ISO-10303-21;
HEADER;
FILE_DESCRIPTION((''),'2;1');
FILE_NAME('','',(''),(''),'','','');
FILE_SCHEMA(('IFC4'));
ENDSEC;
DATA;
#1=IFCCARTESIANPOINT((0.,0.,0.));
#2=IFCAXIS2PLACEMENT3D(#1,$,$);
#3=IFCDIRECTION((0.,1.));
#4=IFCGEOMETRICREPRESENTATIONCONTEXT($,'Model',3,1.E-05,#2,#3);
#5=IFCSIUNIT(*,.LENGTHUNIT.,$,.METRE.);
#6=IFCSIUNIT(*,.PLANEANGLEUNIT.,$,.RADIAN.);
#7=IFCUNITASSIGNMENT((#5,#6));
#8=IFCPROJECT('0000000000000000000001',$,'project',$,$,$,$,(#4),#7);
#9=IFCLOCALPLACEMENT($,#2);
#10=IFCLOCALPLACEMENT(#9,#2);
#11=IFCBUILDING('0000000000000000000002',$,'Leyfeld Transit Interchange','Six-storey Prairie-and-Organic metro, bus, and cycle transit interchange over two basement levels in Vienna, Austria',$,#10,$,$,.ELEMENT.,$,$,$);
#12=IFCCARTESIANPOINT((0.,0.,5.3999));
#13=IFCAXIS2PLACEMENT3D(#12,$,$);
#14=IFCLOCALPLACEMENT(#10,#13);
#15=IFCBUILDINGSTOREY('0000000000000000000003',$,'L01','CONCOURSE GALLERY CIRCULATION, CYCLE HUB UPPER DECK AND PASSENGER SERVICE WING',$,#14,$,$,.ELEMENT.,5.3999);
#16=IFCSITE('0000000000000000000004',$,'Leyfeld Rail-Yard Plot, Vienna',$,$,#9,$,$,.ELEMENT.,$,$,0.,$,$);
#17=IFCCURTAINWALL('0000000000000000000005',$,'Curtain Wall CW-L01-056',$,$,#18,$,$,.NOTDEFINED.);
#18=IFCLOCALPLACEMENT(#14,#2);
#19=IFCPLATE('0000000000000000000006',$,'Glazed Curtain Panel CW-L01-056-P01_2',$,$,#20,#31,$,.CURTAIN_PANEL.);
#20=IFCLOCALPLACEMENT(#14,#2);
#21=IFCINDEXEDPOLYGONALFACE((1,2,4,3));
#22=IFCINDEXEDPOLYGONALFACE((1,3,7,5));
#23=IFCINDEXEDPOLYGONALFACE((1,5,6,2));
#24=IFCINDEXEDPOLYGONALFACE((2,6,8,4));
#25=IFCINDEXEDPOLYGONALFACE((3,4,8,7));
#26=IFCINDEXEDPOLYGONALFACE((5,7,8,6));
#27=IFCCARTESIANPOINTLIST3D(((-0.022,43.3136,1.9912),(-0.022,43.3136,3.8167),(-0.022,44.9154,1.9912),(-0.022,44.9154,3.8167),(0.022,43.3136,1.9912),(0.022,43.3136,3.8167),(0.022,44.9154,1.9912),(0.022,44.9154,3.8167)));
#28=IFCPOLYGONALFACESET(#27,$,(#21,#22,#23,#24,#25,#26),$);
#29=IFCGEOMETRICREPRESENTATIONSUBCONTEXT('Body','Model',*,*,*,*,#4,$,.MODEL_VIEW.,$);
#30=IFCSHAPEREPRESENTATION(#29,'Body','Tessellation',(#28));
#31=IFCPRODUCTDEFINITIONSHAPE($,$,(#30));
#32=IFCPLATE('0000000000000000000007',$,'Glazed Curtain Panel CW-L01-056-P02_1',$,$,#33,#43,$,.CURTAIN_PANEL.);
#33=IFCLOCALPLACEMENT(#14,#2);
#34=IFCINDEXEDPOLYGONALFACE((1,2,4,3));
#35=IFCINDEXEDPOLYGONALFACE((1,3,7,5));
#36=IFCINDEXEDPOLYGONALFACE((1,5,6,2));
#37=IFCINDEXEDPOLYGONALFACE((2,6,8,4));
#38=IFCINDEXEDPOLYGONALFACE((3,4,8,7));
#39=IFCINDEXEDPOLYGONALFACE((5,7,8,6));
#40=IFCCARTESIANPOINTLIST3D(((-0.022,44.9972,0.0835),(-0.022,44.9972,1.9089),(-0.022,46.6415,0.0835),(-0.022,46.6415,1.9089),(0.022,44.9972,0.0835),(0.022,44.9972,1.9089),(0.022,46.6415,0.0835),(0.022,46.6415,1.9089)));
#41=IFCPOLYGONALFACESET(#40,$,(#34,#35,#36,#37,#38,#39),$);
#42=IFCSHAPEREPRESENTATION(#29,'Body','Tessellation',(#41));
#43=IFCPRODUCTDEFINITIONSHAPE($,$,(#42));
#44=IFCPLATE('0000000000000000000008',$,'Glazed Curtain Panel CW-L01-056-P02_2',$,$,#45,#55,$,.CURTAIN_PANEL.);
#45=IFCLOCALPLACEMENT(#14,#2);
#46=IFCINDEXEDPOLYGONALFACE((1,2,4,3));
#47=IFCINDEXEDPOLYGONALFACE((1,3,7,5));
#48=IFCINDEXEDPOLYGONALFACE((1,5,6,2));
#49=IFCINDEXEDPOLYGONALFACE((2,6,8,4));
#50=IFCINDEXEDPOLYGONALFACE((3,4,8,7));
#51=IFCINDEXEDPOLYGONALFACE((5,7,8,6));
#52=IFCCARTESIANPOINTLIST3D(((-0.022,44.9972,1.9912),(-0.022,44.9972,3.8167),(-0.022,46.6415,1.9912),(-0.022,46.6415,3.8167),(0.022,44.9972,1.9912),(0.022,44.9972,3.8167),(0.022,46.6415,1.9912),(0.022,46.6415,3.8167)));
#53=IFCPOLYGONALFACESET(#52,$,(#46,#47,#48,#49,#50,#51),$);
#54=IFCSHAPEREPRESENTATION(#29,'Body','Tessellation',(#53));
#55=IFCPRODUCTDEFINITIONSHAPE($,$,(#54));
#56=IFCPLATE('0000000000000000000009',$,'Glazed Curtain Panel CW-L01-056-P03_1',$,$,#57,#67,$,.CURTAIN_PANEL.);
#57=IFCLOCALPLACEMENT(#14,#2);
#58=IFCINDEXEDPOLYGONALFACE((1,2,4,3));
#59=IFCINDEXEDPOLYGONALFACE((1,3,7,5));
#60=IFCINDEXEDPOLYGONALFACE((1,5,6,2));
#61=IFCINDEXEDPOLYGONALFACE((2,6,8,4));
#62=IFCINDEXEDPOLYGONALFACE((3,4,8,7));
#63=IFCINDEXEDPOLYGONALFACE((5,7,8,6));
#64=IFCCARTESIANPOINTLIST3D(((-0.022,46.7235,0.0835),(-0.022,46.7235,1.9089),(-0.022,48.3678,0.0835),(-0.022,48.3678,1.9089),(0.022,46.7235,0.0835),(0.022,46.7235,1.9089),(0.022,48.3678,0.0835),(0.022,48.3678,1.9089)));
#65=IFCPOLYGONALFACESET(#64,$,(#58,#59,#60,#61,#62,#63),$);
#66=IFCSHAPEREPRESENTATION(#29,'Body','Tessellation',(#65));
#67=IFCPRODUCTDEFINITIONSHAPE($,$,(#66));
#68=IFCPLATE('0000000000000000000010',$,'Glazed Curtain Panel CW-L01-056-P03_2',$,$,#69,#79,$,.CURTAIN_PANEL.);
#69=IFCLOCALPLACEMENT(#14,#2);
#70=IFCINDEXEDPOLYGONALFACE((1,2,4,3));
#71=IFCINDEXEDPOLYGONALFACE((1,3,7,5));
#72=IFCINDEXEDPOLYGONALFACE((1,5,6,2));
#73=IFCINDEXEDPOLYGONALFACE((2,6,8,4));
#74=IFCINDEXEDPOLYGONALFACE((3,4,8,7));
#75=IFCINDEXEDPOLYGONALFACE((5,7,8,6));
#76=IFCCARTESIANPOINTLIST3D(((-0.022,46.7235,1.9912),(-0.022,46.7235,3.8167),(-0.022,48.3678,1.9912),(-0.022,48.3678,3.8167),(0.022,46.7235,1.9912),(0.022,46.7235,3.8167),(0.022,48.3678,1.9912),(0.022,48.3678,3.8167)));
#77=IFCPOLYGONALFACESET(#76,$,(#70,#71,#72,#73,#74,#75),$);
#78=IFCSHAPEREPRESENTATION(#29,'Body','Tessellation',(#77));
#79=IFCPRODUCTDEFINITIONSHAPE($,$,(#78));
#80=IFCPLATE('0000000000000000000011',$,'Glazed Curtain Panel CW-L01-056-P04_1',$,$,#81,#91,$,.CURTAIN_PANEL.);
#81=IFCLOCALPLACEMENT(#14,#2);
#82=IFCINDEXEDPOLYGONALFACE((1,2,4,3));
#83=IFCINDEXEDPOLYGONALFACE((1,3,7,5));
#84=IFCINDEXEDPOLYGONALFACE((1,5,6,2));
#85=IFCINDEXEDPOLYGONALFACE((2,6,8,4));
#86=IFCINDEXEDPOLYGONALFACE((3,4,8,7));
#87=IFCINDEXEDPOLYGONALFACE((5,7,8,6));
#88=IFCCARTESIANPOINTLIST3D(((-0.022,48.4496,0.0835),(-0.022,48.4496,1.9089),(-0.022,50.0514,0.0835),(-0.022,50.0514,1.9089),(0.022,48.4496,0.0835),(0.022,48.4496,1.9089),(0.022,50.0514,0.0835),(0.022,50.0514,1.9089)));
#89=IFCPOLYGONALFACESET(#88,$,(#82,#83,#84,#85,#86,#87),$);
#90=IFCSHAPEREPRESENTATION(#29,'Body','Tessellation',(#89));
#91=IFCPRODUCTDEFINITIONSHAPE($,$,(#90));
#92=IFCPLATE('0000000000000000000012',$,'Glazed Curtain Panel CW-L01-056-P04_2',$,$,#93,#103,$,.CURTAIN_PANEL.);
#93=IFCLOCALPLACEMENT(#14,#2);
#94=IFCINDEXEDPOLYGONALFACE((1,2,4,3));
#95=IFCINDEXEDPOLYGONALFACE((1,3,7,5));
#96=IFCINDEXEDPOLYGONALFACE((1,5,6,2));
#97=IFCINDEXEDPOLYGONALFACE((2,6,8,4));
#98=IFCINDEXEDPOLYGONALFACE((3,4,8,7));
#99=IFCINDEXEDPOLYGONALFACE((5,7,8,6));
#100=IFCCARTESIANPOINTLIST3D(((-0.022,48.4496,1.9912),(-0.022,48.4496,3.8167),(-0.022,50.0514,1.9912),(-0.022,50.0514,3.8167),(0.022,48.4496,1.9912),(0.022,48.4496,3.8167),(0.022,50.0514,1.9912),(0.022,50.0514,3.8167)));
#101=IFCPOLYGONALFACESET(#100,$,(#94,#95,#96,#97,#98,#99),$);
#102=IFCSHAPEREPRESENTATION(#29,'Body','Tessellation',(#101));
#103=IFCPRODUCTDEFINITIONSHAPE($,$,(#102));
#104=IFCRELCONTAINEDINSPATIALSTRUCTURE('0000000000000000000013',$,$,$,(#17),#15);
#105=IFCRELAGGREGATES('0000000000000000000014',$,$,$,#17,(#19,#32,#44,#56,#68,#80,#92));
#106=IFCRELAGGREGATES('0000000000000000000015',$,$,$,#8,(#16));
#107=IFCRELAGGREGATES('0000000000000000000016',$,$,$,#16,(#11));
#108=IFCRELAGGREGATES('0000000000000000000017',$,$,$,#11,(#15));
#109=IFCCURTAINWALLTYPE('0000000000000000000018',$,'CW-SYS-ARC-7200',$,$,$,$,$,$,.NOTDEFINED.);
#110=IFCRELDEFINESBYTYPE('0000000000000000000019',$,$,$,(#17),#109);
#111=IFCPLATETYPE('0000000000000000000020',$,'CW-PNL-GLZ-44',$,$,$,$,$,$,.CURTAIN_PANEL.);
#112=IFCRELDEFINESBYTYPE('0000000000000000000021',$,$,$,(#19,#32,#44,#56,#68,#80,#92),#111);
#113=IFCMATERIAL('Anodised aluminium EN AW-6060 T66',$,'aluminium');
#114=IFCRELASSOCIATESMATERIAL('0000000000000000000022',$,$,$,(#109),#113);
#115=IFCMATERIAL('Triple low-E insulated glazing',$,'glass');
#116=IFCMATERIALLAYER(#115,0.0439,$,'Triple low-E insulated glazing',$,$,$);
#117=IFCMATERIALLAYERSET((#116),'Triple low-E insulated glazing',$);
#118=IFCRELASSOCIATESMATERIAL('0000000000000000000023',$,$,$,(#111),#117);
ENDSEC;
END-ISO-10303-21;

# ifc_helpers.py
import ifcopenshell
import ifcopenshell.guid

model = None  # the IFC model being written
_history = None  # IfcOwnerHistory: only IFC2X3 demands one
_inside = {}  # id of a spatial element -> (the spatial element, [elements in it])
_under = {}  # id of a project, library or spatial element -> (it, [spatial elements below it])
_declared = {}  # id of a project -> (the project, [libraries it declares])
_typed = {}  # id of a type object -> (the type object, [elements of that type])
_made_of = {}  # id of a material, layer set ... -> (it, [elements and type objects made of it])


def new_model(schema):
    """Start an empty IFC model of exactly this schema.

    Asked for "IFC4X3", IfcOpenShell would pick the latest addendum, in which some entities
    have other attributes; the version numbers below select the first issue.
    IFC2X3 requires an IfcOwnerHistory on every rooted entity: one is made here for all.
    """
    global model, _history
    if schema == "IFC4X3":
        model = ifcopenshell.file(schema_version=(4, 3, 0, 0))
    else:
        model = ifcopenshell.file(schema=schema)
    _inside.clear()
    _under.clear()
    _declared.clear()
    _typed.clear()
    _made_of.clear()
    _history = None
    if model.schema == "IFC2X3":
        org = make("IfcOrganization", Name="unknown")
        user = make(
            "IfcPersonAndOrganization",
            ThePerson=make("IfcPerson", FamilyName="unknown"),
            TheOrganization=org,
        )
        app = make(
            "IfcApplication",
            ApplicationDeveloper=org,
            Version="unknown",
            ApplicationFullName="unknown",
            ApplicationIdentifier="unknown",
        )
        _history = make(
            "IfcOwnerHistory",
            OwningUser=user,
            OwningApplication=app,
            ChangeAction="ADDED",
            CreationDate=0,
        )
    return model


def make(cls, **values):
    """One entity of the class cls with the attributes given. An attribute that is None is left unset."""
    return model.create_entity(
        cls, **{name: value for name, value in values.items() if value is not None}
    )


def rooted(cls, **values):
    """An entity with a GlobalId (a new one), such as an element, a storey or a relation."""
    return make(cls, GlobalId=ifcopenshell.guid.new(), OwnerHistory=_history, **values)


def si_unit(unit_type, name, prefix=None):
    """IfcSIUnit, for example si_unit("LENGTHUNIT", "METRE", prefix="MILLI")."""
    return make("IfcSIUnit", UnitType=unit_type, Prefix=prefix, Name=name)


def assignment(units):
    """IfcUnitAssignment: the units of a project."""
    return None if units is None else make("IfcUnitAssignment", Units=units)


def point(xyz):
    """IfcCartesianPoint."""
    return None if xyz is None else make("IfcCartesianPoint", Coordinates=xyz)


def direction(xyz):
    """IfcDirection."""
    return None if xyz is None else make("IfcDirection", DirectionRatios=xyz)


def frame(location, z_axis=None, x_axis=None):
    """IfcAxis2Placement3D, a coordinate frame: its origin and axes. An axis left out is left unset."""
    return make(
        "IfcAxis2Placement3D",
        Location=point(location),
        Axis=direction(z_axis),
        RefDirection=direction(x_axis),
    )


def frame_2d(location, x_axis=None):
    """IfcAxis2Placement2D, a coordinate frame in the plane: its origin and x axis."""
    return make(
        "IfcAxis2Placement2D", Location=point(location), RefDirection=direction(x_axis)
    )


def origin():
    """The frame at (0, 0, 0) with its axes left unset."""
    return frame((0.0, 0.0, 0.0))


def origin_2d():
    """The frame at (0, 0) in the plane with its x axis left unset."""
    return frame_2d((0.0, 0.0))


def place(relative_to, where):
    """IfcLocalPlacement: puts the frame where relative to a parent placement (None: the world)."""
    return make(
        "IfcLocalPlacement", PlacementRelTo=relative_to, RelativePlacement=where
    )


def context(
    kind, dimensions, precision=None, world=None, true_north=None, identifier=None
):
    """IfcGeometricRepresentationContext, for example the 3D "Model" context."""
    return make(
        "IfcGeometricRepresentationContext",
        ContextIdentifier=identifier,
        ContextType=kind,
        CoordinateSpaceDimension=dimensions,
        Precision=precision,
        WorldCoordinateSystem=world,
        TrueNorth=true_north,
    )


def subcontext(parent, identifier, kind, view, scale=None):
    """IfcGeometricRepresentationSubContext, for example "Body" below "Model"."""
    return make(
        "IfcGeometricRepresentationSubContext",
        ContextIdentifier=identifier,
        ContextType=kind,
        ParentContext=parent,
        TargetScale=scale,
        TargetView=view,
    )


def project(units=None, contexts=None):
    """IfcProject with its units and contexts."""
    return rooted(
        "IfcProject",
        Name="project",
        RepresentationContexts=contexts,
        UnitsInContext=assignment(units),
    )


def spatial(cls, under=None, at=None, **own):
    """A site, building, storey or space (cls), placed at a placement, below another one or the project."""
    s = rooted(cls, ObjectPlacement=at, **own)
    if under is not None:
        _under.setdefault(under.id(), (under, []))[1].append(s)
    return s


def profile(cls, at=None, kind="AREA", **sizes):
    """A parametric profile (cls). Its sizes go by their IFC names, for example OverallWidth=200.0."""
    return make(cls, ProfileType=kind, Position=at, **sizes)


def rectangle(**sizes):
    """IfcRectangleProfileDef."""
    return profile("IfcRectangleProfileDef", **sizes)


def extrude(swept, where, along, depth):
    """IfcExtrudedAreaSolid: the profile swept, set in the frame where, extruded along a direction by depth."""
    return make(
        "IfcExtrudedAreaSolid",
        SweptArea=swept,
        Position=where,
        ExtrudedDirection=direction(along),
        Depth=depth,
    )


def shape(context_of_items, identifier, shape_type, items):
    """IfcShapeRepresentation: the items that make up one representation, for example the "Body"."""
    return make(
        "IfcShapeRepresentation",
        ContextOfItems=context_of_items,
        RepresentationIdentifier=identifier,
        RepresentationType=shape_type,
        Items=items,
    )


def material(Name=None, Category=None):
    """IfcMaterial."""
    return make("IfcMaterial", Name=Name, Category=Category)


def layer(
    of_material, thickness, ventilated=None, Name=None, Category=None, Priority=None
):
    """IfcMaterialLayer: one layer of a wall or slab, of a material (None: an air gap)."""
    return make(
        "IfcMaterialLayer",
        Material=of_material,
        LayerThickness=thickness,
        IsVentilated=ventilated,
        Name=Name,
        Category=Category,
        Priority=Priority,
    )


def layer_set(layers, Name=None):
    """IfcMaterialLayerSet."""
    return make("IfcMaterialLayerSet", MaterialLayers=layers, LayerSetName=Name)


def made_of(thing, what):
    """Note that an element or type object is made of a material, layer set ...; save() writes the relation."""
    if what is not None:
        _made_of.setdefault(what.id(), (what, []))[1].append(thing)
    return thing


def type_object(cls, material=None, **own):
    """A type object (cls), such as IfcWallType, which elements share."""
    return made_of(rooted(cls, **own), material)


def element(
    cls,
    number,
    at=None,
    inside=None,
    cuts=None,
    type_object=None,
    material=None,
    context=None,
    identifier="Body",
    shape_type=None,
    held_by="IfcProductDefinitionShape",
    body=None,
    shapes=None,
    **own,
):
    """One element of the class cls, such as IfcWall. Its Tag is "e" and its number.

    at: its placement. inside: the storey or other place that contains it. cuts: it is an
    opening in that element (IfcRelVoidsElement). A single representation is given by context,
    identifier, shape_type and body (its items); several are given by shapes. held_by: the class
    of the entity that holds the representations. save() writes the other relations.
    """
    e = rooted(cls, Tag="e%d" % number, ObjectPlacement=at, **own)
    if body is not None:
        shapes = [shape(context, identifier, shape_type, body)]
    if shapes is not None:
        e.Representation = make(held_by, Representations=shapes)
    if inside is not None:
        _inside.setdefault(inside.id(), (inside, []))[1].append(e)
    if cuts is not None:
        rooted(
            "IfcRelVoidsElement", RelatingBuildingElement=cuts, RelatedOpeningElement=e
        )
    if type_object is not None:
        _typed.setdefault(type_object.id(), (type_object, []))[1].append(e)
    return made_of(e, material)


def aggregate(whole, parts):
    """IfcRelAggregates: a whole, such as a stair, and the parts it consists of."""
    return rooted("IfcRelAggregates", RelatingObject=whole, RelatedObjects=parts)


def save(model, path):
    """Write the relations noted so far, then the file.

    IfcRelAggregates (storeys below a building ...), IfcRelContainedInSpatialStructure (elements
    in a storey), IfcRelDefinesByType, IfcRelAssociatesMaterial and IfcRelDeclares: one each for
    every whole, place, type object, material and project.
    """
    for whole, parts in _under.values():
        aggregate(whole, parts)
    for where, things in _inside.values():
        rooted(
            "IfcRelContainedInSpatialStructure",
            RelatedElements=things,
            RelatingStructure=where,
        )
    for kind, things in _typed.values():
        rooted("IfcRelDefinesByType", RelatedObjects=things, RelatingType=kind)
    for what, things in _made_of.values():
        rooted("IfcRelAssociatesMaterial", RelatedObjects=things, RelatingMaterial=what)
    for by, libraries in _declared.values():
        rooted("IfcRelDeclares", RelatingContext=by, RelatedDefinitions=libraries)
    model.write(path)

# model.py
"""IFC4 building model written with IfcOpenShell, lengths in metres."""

from ifc_helpers import new_model, si_unit, direction, frame, origin, origin_2d, place, context, subcontext, project, spatial, rectangle, extrude, material, layer, layer_set, type_object, element, aggregate, save


model = new_model("IFC4")

# Units and contexts
model_context = context("Model", 3, precision=1e-05, world=origin(), true_north=direction((0.0, 1.0)))
body_context = subcontext(model_context, "Body", "Model", "MODEL_VIEW")
ifc_project = project(units=[si_unit("LENGTHUNIT", "METRE"), si_unit("PLANEANGLEUNIT", "RADIAN")], contexts=[model_context])

# Site, building, storey
site_placement = place(None, origin())
site = spatial("IfcSite", under=ifc_project, at=site_placement, Name="Leyfeld Rail-Yard Plot, Vienna", CompositionType="ELEMENT", RefElevation=0.0)
building_placement = place(site_placement, origin())
building = spatial("IfcBuilding", under=site, at=building_placement, Name="Leyfeld Transit Interchange", Description="Six-storey Prairie-and-Organic metro, bus, and cycle transit interchange over two basement levels in Vienna, Austria", CompositionType="ELEMENT")
storey_placement = place(building_placement, frame((0.0, 0.0, 5.3999)))
storey = spatial("IfcBuildingStorey", under=building, at=storey_placement, Name="L01", Description="CONCOURSE GALLERY CIRCULATION, CYCLE HUB UPPER DECK AND PASSENGER SERVICE WING", CompositionType="ELEMENT", Elevation=5.3999)

# Curtain wall
ifc_material_1 = material(Name="Anodised aluminium EN AW-6060 T66", Category="aluminium")
curtain_wall_type = type_object("IfcCurtainWallType", Name="CW-SYS-ARC-7200", PredefinedType="NOTDEFINED", material=ifc_material_1)
curtain_wall_1_placement = place(storey_placement, origin())
curtain_wall_1 = element("IfcCurtainWall", 1, at=curtain_wall_1_placement, inside=storey, type_object=curtain_wall_type, Name="Curtain Wall CW-L01-056", PredefinedType="NOTDEFINED")

# Plates
ifc_material_2 = material(Name="Triple low-E insulated glazing", Category="glass")
ifc_layer = layer(ifc_material_2, 0.0439, Name="Triple low-E insulated glazing")
ifc_layer_set = layer_set([ifc_layer], Name="Triple low-E insulated glazing")
plate_type = type_object("IfcPlateType", Name="CW-PNL-GLZ-44", PredefinedType="CURTAIN_PANEL", material=ifc_layer_set)
plate_1_placement = place(storey_placement, frame((0.0, 44.1145, 1.9912), z_axis=(0.0, 0.0, 1.0), x_axis=(0.0, 1.0, 0.0)))
plate_1 = element("IfcPlate", 2, at=plate_1_placement, type_object=plate_type, Name="Glazed Curtain Panel CW-L01-056-P01_2", PredefinedType="CURTAIN_PANEL", context=body_context, shape_type="SweptSolid", body=[
    extrude(rectangle(XDim=1.6018, YDim=0.0439, at=origin_2d()), origin(), (0.0, 0.0, 1.0), 1.8254),
])
plate_2_placement = place(storey_placement, frame((0.0, 45.8193, 0.0835), z_axis=(0.0, 0.0, 1.0), x_axis=(0.0, 1.0, 0.0)))
plate_2 = element("IfcPlate", 3, at=plate_2_placement, type_object=plate_type, Name="Glazed Curtain Panel CW-L01-056-P02_1", PredefinedType="CURTAIN_PANEL", context=body_context, shape_type="SweptSolid", body=[
    extrude(rectangle(XDim=1.6443, YDim=0.0439, at=origin_2d()), origin(), (0.0, 0.0, 1.0), 1.8254),
])
plate_3_placement = place(storey_placement, frame((0.0, 45.8193, 1.9912), z_axis=(0.0, 0.0, 1.0), x_axis=(0.0, 1.0, 0.0)))
plate_3 = element("IfcPlate", 4, at=plate_3_placement, type_object=plate_type, Name="Glazed Curtain Panel CW-L01-056-P02_2", PredefinedType="CURTAIN_PANEL", context=body_context, shape_type="SweptSolid", body=[
    extrude(rectangle(XDim=1.6443, YDim=0.0439, at=origin_2d()), origin(), (0.0, 0.0, 1.0), 1.8254),
])
plate_4_placement = place(storey_placement, frame((0.0, 47.5457, 0.0835), z_axis=(0.0, 0.0, 1.0), x_axis=(0.0, 1.0, 0.0)))
plate_4 = element("IfcPlate", 5, at=plate_4_placement, type_object=plate_type, Name="Glazed Curtain Panel CW-L01-056-P03_1", PredefinedType="CURTAIN_PANEL", context=body_context, shape_type="SweptSolid", body=[
    extrude(rectangle(XDim=1.6443, YDim=0.0439, at=origin_2d()), origin(), (0.0, 0.0, 1.0), 1.8254),
])
plate_5_placement = place(storey_placement, frame((0.0, 47.5457, 1.9912), z_axis=(0.0, 0.0, 1.0), x_axis=(0.0, 1.0, 0.0)))
plate_5 = element("IfcPlate", 6, at=plate_5_placement, type_object=plate_type, Name="Glazed Curtain Panel CW-L01-056-P03_2", PredefinedType="CURTAIN_PANEL", context=body_context, shape_type="SweptSolid", body=[
    extrude(rectangle(XDim=1.6443, YDim=0.0439, at=origin_2d()), origin(), (0.0, 0.0, 1.0), 1.8254),
])
plate_6_placement = place(storey_placement, frame((0.0, 49.2505, 0.0835), z_axis=(0.0, 0.0, 1.0), x_axis=(0.0, 1.0, 0.0)))
plate_6 = element("IfcPlate", 7, at=plate_6_placement, type_object=plate_type, Name="Glazed Curtain Panel CW-L01-056-P04_1", PredefinedType="CURTAIN_PANEL", context=body_context, shape_type="SweptSolid", body=[
    extrude(rectangle(XDim=1.6018, YDim=0.0439, at=origin_2d()), origin(), (0.0, 0.0, 1.0), 1.8254),
])
plate_7_placement = place(storey_placement, frame((0.0, 49.2505, 1.9912), z_axis=(0.0, 0.0, 1.0), x_axis=(0.0, 1.0, 0.0)))
plate_7 = element("IfcPlate", 8, at=plate_7_placement, type_object=plate_type, Name="Glazed Curtain Panel CW-L01-056-P04_2", PredefinedType="CURTAIN_PANEL", context=body_context, shape_type="SweptSolid", body=[
    extrude(rectangle(XDim=1.6018, YDim=0.0439, at=origin_2d()), origin(), (0.0, 0.0, 1.0), 1.8254),
])
aggregate(curtain_wall_1, [plate_1, plate_2, plate_3, plate_4, plate_5, plate_6, plate_7])

save(model, "model.ifc")
